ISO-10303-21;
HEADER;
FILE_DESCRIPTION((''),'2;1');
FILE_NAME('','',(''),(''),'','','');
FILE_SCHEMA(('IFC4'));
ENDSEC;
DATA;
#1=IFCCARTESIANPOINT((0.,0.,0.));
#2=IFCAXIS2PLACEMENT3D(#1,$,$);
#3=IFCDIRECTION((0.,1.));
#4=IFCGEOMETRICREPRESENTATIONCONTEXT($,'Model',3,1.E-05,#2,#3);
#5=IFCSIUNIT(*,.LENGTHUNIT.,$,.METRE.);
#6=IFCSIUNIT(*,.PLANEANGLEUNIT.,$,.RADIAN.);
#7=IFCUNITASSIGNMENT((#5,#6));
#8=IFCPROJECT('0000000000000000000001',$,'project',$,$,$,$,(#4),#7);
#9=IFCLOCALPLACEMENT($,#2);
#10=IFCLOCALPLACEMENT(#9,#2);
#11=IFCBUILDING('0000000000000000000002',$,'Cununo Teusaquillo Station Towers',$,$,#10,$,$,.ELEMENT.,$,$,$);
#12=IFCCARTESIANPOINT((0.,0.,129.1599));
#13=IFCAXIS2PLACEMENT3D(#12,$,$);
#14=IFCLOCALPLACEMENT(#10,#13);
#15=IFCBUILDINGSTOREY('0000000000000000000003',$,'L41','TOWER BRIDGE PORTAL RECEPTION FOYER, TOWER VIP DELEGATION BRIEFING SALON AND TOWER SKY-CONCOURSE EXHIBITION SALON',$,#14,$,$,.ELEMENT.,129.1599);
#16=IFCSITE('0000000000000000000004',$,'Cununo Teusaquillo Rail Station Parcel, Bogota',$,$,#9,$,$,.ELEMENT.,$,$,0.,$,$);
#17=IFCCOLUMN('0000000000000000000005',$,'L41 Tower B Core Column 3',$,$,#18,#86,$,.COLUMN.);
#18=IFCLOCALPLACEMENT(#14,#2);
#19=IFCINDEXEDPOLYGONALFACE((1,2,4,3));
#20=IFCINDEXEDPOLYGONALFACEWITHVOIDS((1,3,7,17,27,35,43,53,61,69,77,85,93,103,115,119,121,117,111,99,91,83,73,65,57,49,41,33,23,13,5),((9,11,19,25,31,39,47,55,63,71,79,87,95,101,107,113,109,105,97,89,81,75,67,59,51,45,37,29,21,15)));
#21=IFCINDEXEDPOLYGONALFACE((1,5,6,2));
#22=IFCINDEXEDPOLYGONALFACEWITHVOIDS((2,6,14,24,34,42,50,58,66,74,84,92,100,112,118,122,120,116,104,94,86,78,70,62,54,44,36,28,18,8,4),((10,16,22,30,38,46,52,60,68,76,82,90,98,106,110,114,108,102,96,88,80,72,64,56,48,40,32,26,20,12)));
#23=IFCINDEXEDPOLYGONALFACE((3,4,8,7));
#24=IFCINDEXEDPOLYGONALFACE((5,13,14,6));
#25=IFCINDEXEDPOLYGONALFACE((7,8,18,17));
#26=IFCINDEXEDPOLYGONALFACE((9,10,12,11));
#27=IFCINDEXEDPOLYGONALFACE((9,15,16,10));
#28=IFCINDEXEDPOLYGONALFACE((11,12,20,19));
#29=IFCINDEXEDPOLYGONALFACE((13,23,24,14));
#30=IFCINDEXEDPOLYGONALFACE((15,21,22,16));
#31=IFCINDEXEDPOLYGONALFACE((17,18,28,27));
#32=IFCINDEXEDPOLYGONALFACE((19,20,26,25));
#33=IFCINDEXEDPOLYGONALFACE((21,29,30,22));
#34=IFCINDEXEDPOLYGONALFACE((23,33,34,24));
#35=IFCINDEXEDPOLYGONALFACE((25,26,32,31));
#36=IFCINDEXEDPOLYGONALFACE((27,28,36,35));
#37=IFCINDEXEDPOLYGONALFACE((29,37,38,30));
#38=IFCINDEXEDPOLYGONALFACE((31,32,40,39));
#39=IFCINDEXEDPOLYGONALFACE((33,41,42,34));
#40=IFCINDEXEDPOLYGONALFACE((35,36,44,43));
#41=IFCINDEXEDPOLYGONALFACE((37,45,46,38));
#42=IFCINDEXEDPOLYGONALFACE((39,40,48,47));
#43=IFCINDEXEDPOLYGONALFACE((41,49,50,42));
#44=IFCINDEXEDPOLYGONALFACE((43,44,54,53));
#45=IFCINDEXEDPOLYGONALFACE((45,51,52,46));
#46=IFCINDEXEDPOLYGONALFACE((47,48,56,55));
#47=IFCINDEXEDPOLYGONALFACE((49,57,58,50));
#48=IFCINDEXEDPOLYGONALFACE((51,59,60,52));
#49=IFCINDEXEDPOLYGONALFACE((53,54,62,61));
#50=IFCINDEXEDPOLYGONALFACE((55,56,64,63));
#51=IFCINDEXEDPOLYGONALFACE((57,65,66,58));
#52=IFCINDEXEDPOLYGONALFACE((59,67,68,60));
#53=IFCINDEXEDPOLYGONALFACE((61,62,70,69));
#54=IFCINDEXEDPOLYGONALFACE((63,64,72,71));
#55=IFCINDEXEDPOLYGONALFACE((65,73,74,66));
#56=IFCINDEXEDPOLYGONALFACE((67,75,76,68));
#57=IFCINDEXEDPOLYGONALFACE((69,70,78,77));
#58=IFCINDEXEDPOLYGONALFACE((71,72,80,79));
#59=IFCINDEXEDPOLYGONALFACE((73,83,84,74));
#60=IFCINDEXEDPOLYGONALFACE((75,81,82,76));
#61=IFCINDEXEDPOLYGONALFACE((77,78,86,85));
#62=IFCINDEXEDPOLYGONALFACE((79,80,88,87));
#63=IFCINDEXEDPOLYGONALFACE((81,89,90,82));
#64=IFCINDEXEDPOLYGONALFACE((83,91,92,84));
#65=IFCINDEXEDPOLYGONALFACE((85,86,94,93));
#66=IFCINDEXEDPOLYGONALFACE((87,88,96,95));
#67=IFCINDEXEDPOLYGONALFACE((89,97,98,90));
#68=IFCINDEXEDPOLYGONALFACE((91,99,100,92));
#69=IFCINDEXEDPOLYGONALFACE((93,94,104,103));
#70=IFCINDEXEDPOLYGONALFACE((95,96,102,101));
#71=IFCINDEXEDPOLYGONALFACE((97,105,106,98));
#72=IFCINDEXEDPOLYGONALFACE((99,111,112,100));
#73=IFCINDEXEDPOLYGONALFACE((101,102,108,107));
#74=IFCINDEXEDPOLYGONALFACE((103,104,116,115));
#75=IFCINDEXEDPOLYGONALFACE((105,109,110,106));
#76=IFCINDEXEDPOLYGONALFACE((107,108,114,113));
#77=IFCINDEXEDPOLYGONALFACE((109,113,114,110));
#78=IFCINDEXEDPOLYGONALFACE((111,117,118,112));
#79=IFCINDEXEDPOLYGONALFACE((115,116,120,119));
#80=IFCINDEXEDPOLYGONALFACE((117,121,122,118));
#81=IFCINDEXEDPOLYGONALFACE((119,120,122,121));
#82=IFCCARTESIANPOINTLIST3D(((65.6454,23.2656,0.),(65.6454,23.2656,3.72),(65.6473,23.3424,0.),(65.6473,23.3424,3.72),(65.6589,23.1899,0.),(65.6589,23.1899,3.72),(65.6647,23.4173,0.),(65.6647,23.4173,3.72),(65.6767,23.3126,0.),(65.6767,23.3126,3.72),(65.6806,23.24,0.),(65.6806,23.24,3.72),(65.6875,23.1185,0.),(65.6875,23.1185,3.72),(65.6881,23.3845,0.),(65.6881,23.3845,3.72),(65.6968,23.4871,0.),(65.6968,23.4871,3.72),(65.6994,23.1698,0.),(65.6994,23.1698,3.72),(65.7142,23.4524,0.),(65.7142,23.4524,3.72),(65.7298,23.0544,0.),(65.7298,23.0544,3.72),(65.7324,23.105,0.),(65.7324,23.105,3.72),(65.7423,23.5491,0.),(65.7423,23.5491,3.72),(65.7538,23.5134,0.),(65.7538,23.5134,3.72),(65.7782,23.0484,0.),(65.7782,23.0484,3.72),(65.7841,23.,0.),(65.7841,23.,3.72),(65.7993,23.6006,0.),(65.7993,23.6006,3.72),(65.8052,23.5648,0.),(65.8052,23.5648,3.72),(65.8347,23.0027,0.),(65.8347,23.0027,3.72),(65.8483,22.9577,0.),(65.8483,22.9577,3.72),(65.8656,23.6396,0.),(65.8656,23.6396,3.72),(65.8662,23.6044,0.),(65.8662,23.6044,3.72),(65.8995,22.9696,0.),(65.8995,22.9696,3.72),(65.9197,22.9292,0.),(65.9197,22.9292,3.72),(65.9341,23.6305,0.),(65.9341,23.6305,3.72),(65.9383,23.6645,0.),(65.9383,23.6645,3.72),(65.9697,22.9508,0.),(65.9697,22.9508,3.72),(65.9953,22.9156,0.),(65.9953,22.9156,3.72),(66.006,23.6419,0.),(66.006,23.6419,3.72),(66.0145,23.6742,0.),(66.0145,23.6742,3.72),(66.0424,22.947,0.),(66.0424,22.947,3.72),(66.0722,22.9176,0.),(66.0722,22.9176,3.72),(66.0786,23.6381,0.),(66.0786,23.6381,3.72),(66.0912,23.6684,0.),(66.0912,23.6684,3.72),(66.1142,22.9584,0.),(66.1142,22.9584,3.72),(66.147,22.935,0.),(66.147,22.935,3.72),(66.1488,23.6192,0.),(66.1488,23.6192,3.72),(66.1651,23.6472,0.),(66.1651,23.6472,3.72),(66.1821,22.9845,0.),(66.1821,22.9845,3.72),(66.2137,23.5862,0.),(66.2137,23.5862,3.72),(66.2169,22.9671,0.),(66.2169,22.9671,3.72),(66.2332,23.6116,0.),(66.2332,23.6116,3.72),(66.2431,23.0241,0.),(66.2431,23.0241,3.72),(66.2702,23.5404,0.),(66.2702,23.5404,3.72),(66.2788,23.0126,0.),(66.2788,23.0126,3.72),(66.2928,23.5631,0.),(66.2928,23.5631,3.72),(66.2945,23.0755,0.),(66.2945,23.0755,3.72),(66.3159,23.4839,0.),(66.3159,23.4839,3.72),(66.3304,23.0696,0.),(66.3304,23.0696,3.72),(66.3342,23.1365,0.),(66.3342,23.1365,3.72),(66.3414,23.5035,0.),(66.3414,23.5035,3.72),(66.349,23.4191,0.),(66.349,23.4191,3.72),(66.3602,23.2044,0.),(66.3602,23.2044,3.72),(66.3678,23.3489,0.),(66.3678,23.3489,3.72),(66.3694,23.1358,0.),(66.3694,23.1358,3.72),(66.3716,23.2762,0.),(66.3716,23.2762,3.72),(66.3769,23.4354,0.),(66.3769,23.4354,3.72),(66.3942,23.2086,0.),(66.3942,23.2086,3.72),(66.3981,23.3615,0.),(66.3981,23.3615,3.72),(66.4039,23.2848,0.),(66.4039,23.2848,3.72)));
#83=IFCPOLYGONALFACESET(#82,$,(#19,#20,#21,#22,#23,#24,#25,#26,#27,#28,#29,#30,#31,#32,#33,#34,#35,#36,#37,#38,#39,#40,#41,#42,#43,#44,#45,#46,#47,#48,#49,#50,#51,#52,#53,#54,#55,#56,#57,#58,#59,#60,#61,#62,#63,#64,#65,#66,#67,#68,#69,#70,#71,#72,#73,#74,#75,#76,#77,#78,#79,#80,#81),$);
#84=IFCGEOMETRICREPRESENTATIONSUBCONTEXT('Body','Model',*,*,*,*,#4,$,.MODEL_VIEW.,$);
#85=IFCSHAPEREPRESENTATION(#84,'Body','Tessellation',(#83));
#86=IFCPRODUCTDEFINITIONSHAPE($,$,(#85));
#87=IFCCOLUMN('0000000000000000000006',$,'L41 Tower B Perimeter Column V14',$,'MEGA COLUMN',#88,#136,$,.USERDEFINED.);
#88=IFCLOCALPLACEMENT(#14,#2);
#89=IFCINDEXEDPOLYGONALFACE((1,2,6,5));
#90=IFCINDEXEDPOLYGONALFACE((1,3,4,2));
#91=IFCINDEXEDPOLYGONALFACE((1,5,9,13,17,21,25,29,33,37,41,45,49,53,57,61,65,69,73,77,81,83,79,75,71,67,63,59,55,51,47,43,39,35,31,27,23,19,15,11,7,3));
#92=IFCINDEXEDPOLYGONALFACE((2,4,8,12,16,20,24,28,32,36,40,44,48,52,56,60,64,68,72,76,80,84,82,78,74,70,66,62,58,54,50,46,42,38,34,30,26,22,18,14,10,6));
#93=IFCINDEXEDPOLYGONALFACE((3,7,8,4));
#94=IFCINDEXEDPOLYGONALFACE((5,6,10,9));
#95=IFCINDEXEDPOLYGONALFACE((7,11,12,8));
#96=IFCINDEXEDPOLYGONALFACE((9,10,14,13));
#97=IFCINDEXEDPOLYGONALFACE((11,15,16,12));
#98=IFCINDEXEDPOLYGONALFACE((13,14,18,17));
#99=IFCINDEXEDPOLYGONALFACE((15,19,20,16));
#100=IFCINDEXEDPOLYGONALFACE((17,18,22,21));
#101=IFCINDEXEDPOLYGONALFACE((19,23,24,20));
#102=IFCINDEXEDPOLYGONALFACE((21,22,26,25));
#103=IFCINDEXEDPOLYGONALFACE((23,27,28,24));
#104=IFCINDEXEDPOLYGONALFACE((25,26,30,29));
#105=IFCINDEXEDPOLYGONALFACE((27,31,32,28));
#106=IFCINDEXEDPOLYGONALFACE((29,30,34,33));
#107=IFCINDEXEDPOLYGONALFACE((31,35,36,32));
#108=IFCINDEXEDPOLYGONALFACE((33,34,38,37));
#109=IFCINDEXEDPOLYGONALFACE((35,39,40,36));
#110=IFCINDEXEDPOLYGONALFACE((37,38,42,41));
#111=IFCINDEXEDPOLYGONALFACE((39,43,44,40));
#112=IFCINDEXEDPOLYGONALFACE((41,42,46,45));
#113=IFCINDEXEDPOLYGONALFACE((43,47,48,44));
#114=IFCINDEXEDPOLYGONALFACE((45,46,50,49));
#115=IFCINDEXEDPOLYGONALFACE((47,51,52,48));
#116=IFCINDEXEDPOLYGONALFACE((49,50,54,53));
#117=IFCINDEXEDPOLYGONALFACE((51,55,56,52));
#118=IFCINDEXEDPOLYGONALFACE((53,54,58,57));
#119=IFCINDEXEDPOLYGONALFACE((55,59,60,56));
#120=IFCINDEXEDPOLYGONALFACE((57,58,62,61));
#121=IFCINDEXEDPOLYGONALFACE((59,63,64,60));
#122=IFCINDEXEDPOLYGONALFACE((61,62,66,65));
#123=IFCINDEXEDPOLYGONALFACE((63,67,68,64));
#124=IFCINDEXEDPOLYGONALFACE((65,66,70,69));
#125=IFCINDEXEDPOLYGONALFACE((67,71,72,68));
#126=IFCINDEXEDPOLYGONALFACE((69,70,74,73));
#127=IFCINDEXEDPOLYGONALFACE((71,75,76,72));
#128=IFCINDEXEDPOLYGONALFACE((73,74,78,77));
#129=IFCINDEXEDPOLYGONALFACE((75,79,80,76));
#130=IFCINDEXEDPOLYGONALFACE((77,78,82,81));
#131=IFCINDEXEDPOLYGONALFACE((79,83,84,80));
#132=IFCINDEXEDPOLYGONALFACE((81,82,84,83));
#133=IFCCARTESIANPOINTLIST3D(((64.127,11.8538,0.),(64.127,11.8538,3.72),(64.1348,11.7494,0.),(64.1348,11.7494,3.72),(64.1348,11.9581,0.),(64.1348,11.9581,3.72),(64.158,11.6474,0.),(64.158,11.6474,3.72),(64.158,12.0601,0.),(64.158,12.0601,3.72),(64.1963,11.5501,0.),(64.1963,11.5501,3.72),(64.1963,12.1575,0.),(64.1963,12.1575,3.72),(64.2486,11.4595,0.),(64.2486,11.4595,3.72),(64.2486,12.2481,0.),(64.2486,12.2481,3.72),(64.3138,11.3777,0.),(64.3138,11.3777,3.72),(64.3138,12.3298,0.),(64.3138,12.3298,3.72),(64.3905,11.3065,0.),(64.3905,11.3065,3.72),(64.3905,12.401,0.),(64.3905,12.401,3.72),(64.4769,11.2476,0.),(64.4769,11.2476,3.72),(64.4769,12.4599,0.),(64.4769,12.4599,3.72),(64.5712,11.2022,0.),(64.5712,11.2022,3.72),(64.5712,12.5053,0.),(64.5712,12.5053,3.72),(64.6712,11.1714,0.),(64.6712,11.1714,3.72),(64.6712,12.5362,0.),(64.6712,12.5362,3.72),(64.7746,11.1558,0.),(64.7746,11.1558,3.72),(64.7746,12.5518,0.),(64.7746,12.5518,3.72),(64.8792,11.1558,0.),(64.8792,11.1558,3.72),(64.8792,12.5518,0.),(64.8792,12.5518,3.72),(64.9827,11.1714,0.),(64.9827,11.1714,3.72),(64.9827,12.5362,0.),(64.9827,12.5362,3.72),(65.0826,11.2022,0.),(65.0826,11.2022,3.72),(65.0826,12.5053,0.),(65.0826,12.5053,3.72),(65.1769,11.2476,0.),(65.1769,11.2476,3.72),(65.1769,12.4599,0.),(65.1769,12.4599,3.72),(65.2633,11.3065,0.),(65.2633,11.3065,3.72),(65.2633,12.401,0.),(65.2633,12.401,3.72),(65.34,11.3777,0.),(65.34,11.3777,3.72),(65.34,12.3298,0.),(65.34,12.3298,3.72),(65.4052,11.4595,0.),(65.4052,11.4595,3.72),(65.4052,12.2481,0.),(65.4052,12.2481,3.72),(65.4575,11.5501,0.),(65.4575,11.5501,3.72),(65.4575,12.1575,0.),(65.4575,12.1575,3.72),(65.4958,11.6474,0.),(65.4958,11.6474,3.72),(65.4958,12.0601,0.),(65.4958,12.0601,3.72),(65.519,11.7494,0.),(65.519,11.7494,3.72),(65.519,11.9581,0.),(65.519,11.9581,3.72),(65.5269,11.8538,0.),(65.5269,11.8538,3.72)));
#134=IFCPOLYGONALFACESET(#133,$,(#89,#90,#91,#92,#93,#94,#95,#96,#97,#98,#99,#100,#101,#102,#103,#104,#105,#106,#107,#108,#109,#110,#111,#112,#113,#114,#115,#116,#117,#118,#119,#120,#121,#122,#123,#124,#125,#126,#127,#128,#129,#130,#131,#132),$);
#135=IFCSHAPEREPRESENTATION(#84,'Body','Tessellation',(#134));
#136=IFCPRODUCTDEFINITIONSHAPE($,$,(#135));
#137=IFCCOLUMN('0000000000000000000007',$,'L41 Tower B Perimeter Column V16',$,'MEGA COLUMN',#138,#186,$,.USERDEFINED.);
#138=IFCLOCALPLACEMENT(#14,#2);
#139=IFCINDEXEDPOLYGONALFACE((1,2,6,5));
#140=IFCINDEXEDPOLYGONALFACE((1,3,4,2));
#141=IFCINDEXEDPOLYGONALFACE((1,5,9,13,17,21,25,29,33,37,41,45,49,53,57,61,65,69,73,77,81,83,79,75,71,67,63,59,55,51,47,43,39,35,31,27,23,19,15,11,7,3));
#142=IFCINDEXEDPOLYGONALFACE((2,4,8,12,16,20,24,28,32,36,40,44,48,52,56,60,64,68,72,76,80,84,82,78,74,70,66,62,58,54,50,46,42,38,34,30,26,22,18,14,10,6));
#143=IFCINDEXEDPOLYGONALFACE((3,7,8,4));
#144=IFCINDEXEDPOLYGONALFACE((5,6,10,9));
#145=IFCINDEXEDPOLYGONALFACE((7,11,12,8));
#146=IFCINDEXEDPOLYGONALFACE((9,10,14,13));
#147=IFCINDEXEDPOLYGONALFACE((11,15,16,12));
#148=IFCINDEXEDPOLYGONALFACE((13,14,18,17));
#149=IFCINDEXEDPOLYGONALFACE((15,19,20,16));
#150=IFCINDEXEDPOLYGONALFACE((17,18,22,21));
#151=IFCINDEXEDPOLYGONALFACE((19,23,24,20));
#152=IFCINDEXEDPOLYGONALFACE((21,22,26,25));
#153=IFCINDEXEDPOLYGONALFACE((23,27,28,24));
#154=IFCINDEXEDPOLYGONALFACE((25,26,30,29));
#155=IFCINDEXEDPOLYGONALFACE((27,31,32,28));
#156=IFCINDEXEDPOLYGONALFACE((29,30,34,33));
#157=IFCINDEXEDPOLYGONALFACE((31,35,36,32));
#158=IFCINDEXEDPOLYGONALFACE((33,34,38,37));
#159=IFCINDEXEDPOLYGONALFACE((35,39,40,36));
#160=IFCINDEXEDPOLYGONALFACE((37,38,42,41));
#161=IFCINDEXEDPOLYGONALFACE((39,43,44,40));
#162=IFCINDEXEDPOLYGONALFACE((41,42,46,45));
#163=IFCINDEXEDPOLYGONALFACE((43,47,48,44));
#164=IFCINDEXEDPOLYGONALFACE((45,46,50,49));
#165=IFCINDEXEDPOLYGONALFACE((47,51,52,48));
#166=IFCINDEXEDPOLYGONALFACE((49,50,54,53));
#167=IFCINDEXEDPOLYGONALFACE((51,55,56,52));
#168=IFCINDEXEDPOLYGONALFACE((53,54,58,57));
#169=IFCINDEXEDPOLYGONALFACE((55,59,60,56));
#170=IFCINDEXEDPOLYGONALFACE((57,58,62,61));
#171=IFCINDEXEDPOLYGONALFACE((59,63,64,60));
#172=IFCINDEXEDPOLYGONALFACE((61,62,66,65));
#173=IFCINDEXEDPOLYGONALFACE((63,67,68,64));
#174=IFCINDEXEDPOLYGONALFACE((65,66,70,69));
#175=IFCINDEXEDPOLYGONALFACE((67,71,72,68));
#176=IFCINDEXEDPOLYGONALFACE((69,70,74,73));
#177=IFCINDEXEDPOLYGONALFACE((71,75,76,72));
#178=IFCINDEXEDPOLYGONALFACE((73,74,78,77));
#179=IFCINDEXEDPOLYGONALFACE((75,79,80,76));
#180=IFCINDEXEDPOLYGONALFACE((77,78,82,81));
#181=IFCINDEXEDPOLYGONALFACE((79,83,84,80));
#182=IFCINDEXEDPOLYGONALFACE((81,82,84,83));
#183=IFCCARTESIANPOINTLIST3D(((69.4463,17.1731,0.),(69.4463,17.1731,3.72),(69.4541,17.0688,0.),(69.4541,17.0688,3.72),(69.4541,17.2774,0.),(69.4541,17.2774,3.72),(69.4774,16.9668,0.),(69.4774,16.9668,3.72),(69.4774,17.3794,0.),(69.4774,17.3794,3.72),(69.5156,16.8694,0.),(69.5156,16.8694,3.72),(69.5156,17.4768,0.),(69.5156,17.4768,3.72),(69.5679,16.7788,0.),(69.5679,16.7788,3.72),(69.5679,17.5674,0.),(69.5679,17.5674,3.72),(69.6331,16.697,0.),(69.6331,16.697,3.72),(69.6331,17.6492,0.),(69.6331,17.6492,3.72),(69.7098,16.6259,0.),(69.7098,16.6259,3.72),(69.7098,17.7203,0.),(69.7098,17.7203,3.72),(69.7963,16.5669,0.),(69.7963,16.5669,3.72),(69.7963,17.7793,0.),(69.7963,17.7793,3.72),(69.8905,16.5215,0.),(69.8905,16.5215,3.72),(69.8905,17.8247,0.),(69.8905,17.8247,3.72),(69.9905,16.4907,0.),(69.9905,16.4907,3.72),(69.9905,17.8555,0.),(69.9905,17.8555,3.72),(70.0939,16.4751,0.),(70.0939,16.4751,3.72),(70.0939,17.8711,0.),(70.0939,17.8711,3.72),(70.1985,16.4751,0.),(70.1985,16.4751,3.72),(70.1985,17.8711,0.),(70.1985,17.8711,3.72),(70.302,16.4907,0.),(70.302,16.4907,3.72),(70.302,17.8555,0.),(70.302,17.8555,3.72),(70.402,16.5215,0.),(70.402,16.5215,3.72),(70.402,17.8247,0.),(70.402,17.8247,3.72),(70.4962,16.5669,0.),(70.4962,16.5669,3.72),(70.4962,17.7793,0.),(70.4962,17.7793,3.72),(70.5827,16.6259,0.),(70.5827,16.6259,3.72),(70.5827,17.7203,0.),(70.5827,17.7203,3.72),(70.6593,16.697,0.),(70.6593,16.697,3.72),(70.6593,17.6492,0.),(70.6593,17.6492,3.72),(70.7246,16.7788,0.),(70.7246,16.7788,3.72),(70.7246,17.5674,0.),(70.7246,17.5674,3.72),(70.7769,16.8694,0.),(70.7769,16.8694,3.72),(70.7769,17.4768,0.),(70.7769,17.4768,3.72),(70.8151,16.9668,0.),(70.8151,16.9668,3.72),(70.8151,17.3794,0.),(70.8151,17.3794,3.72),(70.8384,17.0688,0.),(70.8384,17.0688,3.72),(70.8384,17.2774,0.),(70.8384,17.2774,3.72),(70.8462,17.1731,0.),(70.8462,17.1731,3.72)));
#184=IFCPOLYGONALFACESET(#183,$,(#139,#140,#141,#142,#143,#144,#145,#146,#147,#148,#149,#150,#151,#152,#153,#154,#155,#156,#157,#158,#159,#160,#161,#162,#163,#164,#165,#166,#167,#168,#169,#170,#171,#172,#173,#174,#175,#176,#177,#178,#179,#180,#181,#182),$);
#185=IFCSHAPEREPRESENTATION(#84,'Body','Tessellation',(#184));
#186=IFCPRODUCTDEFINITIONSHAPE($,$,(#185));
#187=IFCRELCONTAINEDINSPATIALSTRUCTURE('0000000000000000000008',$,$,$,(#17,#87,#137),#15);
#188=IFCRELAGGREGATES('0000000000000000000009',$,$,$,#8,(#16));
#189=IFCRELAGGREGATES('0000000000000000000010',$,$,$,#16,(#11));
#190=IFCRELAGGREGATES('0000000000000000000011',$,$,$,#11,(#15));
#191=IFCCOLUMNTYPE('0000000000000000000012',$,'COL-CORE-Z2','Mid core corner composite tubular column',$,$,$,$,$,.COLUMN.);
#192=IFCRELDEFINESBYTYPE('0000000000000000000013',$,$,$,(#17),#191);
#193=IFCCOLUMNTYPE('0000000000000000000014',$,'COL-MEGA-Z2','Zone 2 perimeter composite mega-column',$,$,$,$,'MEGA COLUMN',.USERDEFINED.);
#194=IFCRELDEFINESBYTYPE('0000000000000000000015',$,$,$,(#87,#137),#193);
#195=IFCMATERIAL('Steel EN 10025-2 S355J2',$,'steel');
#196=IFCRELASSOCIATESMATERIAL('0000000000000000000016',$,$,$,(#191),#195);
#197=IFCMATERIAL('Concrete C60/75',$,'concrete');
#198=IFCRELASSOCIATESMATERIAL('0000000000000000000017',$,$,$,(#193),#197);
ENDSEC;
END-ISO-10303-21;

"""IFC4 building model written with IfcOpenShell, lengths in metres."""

from ifc_helpers import new_model, si_unit, direction, frame, origin, origin_2d, place, context, subcontext, project, spatial, circle, hollow_circle, extrude, material, material_profile, profile_set, type_object, element, save


model = new_model("IFC4")

# Units and contexts
model_context = context("Model", 3, precision=1e-05, world=origin(), true_north=direction((0.0, 1.0)))
body_context = subcontext(model_context, "Body", "Model", "MODEL_VIEW")
ifc_project = project(units=[si_unit("LENGTHUNIT", "METRE"), si_unit("PLANEANGLEUNIT", "RADIAN")], contexts=[model_context])

# Site, building, storey
site_placement = place(None, origin())
site = spatial("IfcSite", under=ifc_project, at=site_placement, Name="Cununo Teusaquillo Rail Station Parcel, Bogota", CompositionType="ELEMENT", RefElevation=0.0)
building_placement = place(site_placement, origin())
building = spatial("IfcBuilding", under=site, at=building_placement, Name="Cununo Teusaquillo Station Towers", CompositionType="ELEMENT")
storey_placement = place(building_placement, frame((0.0, 0.0, 129.1599)))
storey = spatial("IfcBuildingStorey", under=building, at=storey_placement, Name="L41", Description="TOWER BRIDGE PORTAL RECEPTION FOYER, TOWER VIP DELEGATION BRIEFING SALON AND TOWER SKY-CONCOURSE EXHIBITION SALON", CompositionType="ELEMENT", Elevation=129.1599)

# Columns
ifc_material_1 = material(Name="Steel EN 10025-2 S355J2", Category="steel")
ifc_material_profile_1 = material_profile(ifc_material_1, hollow_circle(Radius=0.3799, WallThickness=0.032, at=origin_2d()), Name="CHS 760x32")
ifc_profile_set_1 = profile_set([ifc_material_profile_1], Name="Steel EN 10025-2 S355J2")
column_type_1 = type_object("IfcColumnType", Name="COL-CORE-Z2", Description="Mid core corner composite tubular column", PredefinedType="COLUMN", material=ifc_profile_set_1)
column_placement = place(storey_placement, frame((66.0242, 23.2944, 0.0), z_axis=(0.0, 0.0, 1.0), x_axis=(0.707107, 0.707107, 0.0)))
element("IfcColumn", 1, at=column_placement, inside=storey, type_object=column_type_1, Name="L41 Tower B Core Column 3", PredefinedType="COLUMN", context=body_context, shape_type="SweptSolid", body=[
    extrude(hollow_circle(Radius=0.3799, WallThickness=0.032, at=origin_2d()), origin(), (0.0, 0.0, 1.0), 3.72),
])
ifc_material_2 = material(Name="Concrete C60/75", Category="concrete")
ifc_material_profile_2 = material_profile(ifc_material_2, circle(Radius=0.7, at=origin_2d()), Name="RC-CIRC-1400")
ifc_profile_set_2 = profile_set([ifc_material_profile_2], Name="Concrete C60/75")
column_type_2 = type_object("IfcColumnType", Name="COL-MEGA-Z2", Description="Zone 2 perimeter composite mega-column", ElementType="MEGA COLUMN", PredefinedType="USERDEFINED", material=ifc_profile_set_2)
for number, where, z_axis, x_axis, name in (
    (2, (64.8269, 11.8538, 0.0), (0.0, 0.0, 1.0), (1.0, 0.0, 0.0), "L41 Tower B Perimeter Column V14"),
    (3, (70.1462, 17.1731, 0.0), (0.0, 0.0, 1.0), (1.0, 0.0, 0.0), "L41 Tower B Perimeter Column V16"),
):
    element("IfcColumn", number, at=place(storey_placement, frame(where, z_axis=z_axis, x_axis=x_axis)), inside=storey, type_object=column_type_2, Name=name, ObjectType="MEGA COLUMN", PredefinedType="USERDEFINED", context=body_context, shape_type="SweptSolid", body=[
        extrude(circle(Radius=0.7, at=origin_2d()), origin(), (0.0, 0.0, 1.0), 3.72),
    ])

save(model, "model.ifc")
